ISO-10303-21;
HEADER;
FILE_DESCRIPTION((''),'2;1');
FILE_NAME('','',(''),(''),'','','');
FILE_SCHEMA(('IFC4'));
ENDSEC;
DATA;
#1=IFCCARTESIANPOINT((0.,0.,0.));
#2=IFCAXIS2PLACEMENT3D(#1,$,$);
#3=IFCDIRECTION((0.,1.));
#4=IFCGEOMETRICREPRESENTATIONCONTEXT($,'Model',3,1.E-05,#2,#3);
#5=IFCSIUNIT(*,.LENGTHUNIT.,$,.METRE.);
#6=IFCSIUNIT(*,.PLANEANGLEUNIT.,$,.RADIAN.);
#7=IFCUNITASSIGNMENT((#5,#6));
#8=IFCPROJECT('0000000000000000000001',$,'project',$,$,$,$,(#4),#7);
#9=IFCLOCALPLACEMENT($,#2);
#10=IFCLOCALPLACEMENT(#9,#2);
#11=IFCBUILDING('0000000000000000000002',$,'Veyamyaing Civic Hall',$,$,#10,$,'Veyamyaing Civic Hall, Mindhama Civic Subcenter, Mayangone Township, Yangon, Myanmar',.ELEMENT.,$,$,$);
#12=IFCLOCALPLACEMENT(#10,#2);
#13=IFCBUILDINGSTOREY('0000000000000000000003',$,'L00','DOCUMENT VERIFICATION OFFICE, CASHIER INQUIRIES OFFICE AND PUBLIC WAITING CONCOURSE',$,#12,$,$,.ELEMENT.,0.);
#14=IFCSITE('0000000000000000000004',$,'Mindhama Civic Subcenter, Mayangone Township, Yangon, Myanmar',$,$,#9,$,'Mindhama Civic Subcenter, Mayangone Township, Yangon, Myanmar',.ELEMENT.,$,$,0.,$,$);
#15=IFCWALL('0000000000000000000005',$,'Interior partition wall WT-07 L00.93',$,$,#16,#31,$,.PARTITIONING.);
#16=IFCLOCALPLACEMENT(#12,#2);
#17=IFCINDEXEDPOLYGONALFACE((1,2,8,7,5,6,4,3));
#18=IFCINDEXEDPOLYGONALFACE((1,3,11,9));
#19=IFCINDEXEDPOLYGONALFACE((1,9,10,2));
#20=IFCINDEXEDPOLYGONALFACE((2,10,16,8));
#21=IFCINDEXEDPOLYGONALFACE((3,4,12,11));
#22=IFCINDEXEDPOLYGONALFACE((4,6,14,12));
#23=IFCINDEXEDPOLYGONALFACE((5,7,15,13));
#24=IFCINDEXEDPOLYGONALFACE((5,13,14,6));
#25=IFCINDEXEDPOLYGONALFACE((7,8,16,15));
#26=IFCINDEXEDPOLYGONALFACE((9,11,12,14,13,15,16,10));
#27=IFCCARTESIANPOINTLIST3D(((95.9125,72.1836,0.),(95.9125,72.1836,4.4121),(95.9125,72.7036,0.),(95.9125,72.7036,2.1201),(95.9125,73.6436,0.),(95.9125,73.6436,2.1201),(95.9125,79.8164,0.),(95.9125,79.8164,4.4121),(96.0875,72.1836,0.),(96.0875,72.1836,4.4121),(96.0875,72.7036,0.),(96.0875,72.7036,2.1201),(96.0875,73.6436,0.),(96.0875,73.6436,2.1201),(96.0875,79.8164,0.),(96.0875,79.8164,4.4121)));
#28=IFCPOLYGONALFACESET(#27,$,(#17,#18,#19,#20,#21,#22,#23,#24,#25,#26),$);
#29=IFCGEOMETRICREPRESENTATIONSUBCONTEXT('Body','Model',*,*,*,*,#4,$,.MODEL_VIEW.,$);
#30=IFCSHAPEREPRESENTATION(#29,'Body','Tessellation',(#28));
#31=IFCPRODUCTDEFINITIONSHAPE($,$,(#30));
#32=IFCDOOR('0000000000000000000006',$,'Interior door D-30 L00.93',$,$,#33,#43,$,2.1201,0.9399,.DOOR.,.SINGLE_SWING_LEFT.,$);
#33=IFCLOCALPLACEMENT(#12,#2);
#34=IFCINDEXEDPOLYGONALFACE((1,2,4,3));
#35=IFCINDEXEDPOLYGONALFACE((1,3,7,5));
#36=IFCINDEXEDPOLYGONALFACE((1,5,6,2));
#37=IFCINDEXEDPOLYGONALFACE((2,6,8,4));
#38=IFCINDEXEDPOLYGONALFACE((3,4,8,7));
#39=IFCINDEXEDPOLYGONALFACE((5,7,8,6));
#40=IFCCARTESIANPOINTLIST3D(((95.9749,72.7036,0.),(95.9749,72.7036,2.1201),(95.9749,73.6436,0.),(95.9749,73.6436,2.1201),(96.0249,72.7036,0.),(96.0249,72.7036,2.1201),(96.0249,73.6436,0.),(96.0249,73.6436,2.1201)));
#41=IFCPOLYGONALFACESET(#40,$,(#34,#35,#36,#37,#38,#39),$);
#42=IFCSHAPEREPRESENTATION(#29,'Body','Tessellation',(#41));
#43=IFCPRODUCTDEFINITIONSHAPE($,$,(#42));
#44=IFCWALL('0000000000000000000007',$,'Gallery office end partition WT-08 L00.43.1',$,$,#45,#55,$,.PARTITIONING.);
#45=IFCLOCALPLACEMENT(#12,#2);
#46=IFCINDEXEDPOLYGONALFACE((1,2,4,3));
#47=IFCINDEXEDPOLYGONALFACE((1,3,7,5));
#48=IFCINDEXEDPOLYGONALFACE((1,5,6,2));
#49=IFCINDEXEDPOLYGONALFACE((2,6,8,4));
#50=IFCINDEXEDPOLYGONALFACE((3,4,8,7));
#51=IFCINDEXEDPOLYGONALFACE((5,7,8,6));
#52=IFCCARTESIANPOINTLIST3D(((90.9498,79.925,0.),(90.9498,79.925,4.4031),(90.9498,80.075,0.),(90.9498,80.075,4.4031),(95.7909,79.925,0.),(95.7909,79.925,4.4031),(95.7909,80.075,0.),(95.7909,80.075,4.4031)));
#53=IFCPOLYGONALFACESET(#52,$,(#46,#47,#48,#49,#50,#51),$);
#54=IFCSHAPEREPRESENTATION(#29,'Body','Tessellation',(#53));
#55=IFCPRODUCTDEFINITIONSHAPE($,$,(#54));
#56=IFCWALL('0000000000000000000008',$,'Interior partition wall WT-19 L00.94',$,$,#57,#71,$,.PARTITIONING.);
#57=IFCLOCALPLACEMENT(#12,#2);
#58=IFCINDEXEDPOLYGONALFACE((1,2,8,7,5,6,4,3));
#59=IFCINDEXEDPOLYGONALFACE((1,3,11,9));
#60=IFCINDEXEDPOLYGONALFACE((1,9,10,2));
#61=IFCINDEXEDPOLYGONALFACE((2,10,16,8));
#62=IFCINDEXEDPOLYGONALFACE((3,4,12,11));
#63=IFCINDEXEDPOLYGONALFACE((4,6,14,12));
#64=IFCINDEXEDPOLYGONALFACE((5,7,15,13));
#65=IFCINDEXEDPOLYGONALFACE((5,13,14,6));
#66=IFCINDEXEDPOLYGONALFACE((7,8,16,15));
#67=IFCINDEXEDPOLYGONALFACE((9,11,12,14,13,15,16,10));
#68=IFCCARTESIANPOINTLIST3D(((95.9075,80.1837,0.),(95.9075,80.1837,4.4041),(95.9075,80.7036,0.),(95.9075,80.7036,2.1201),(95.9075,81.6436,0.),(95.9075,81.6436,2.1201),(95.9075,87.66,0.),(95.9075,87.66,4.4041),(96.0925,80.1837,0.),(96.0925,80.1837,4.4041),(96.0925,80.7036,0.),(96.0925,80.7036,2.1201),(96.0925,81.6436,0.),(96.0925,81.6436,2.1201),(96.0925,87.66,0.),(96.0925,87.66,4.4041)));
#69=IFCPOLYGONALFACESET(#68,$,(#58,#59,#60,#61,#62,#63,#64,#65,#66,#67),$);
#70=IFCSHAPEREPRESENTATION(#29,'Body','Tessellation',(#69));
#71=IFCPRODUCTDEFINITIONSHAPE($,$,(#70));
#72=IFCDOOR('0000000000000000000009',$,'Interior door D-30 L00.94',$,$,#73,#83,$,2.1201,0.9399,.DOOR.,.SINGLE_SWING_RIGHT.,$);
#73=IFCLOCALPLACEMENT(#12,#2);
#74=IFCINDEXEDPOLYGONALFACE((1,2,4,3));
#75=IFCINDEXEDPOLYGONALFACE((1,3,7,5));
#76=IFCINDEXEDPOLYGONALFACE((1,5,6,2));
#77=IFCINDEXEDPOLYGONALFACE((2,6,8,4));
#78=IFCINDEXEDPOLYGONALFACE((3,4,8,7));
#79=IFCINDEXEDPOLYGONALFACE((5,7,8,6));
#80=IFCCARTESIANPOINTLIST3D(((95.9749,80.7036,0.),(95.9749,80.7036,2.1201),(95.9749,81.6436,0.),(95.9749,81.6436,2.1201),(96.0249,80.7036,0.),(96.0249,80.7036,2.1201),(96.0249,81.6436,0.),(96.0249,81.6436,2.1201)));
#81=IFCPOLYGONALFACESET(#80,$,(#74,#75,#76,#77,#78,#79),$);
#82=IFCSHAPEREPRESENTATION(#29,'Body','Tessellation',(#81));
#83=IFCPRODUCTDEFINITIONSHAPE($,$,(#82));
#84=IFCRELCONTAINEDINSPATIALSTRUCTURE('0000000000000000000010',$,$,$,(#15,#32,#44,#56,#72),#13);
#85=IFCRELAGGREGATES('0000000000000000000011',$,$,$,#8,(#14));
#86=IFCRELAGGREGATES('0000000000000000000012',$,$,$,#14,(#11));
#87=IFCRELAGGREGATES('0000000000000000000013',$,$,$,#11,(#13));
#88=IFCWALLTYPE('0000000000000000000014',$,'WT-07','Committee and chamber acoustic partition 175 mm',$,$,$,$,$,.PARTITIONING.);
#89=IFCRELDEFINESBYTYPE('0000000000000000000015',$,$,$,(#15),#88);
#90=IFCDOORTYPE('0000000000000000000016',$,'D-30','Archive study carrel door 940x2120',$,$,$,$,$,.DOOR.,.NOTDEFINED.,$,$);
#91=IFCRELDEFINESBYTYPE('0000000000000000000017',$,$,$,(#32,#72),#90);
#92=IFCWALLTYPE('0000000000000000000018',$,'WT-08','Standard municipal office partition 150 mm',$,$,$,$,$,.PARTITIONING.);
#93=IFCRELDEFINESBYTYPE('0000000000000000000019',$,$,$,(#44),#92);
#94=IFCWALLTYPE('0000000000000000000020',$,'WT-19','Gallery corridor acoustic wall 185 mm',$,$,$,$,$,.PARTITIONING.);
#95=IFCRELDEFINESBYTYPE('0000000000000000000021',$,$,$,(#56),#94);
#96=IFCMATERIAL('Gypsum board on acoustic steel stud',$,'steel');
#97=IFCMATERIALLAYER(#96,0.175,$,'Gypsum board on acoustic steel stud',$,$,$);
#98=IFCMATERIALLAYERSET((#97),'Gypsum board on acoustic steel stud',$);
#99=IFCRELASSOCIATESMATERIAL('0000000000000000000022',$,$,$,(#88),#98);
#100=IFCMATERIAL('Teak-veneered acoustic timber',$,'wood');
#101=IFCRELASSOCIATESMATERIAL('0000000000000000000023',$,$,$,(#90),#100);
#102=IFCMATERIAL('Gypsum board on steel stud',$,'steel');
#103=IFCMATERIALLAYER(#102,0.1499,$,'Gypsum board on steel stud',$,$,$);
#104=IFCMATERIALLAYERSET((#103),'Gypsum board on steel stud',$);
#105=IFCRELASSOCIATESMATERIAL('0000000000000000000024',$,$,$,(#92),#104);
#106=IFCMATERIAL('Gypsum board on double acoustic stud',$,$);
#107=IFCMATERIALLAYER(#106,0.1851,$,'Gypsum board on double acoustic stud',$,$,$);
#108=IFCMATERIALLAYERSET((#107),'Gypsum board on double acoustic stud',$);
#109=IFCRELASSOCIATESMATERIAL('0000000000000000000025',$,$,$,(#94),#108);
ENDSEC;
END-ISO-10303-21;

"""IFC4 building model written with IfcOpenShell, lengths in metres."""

from ifc_helpers import new_model, si_unit, direction, frame, frame_2d, origin, place, context, subcontext, project, spatial, rectangle, extrude, material, layer, layer_set, type_object, element, fill, save


model = new_model("IFC4")

# Units and contexts
model_context = context("Model", 3, precision=1e-05, world=origin(), true_north=direction((0.0, 1.0)))
body_context = subcontext(model_context, "Body", "Model", "MODEL_VIEW")
ifc_project = project(units=[si_unit("LENGTHUNIT", "METRE"), si_unit("PLANEANGLEUNIT", "RADIAN")], contexts=[model_context])

# Site, building, storey
site_placement = place(None, origin())
site = spatial("IfcSite", under=ifc_project, at=site_placement, Name="Mindhama Civic Subcenter, Mayangone Township, Yangon, Myanmar", LongName="Mindhama Civic Subcenter, Mayangone Township, Yangon, Myanmar", CompositionType="ELEMENT", RefElevation=0.0)
building_placement = place(site_placement, origin())
building = spatial("IfcBuilding", under=site, at=building_placement, Name="Veyamyaing Civic Hall", LongName="Veyamyaing Civic Hall, Mindhama Civic Subcenter, Mayangone Township, Yangon, Myanmar", CompositionType="ELEMENT")
storey_placement = place(building_placement, origin())
storey = spatial("IfcBuildingStorey", under=building, at=storey_placement, Name="L00", Description="DOCUMENT VERIFICATION OFFICE, CASHIER INQUIRIES OFFICE AND PUBLIC WAITING CONCOURSE", CompositionType="ELEMENT", Elevation=0.0)

# Shared definitions
ifc_material_1 = material(Name="Gypsum board on acoustic steel stud", Category="steel")
ifc_layer_1 = layer(ifc_material_1, 0.175, Name="Gypsum board on acoustic steel stud")
ifc_layer_set_1 = layer_set([ifc_layer_1], Name="Gypsum board on acoustic steel stud")
wall_type_1 = type_object("IfcWallType", Name="WT-07", Description="Committee and chamber acoustic partition 175 mm", PredefinedType="PARTITIONING", material=ifc_layer_set_1)
ifc_material_2 = material(Name="Teak-veneered acoustic timber", Category="wood")

# Wall, opening, door
wall_1_placement = place(storey_placement, frame((96.0, 72.1836, 0.0), z_axis=(0.0, 0.0, 1.0), x_axis=(0.0, 1.0, 0.0)))
wall_1 = element("IfcWall", 1, at=wall_1_placement, inside=storey, type_object=wall_type_1, Name="Interior partition wall WT-07 L00.93", PredefinedType="PARTITIONING", context=body_context, shape_type="SweptSolid", body=[
    extrude(rectangle(XDim=7.6328, YDim=0.175, at=frame_2d((3.8164, 0.0))), origin(), (0.0, 0.0, 1.0), 4.4121),
])
opening_1_placement = place(wall_1_placement, frame((0.52, 0.0, 0.0)))
opening_1 = element("IfcOpeningElement", 2, at=opening_1_placement, cuts=wall_1, PredefinedType="OPENING", context=body_context, shape_type="SweptSolid", body=[
    extrude(rectangle(XDim=0.9399, YDim=2.1201, at=frame_2d((0.47, 1.0601))), frame((0.0, 0.0974, 0.0), z_axis=(0.0, -1.0, 0.0), x_axis=(1.0, 0.0, 0.0)), (0.0, 0.0, 1.0), 0.1951),
])
door_type_1 = type_object("IfcDoorType", Name="D-30", Description="Archive study carrel door 940x2120", OperationType="NOTDEFINED", PredefinedType="DOOR", material=ifc_material_2)
door_1_placement = place(opening_1_placement, frame((0.9399, 0.0, 0.0), z_axis=(0.0, 0.0, 1.0), x_axis=(-1.0, 0.0, 0.0)))
door_1 = element("IfcDoor", 3, at=door_1_placement, inside=storey, type_object=door_type_1, Name="Interior door D-30 L00.93", OperationType="SINGLE_SWING_LEFT", OverallHeight=2.1201, OverallWidth=0.9399, PredefinedType="DOOR", context=body_context, shape_type="SweptSolid", body=[
    extrude(rectangle(XDim=0.9399, YDim=2.1201, at=frame_2d((0.47, 1.0601))), frame((0.0, 0.0249, 0.0), z_axis=(0.0, -1.0, 0.0), x_axis=(1.0, 0.0, 0.0)), (0.0, 0.0, 1.0), 0.05),
])
fill(opening_1, door_1)

# Wall
ifc_material_3 = material(Name="Gypsum board on steel stud", Category="steel")
ifc_layer_2 = layer(ifc_material_3, 0.1499, Name="Gypsum board on steel stud")
ifc_layer_set_2 = layer_set([ifc_layer_2], Name="Gypsum board on steel stud")
wall_type_2 = type_object("IfcWallType", Name="WT-08", Description="Standard municipal office partition 150 mm", PredefinedType="PARTITIONING", material=ifc_layer_set_2)
wall_2_placement = place(storey_placement, frame((90.95, 80.0, 0.0), z_axis=(0.0, 0.0, 1.0), x_axis=(1.0, 0.0, 0.0)))
element("IfcWall", 4, at=wall_2_placement, inside=storey, type_object=wall_type_2, Name="Gallery office end partition WT-08 L00.43.1", PredefinedType="PARTITIONING", context=body_context, shape_type="SweptSolid", body=[
    extrude(rectangle(XDim=4.8411, YDim=0.1499, at=frame_2d((2.4204, 0.0))), origin(), (0.0, 0.0, 1.0), 4.4031),
])

# Wall, opening, door
ifc_material_4 = material(Name="Gypsum board on double acoustic stud")
ifc_layer_3 = layer(ifc_material_4, 0.1851, Name="Gypsum board on double acoustic stud")
ifc_layer_set_3 = layer_set([ifc_layer_3], Name="Gypsum board on double acoustic stud")
wall_type_3 = type_object("IfcWallType", Name="WT-19", Description="Gallery corridor acoustic wall 185 mm", PredefinedType="PARTITIONING", material=ifc_layer_set_3)
wall_3_placement = place(storey_placement, frame((96.0, 80.1836, 0.0), z_axis=(0.0, 0.0, 1.0), x_axis=(0.0, 1.0, 0.0)))
wall_3 = element("IfcWall", 5, at=wall_3_placement, inside=storey, type_object=wall_type_3, Name="Interior partition wall WT-19 L00.94", PredefinedType="PARTITIONING", context=body_context, shape_type="SweptSolid", body=[
    extrude(rectangle(XDim=7.4763, YDim=0.1851, at=frame_2d((3.7383, 0.0))), origin(), (0.0, 0.0, 1.0), 4.4041),
])
opening_2_placement = place(wall_3_placement, frame((0.52, 0.0, 0.0)))
opening_2 = element("IfcOpeningElement", 6, at=opening_2_placement, cuts=wall_3, PredefinedType="OPENING", context=body_context, shape_type="SweptSolid", body=[
    extrude(rectangle(XDim=0.9399, YDim=2.1201, at=frame_2d((0.47, 1.0601))), frame((0.0, 0.1025, 0.0), z_axis=(0.0, -1.0, 0.0), x_axis=(1.0, 0.0, 0.0)), (0.0, 0.0, 1.0), 0.2051),
])
door_2_placement = place(opening_2_placement, frame((0.9399, 0.0, 0.0), z_axis=(0.0, 0.0, 1.0), x_axis=(-1.0, 0.0, 0.0)))
door_2 = element("IfcDoor", 7, at=door_2_placement, inside=storey, type_object=door_type_1, Name="Interior door D-30 L00.94", OperationType="SINGLE_SWING_RIGHT", OverallHeight=2.1201, OverallWidth=0.9399, PredefinedType="DOOR", context=body_context, shape_type="SweptSolid", body=[
    extrude(rectangle(XDim=0.9399, YDim=2.1201, at=frame_2d((0.47, 1.0601))), frame((0.0, 0.0249, 0.0), z_axis=(0.0, -1.0, 0.0), x_axis=(1.0, 0.0, 0.0)), (0.0, 0.0, 1.0), 0.05),
])
fill(opening_2, door_2)

save(model, "model.ifc")
